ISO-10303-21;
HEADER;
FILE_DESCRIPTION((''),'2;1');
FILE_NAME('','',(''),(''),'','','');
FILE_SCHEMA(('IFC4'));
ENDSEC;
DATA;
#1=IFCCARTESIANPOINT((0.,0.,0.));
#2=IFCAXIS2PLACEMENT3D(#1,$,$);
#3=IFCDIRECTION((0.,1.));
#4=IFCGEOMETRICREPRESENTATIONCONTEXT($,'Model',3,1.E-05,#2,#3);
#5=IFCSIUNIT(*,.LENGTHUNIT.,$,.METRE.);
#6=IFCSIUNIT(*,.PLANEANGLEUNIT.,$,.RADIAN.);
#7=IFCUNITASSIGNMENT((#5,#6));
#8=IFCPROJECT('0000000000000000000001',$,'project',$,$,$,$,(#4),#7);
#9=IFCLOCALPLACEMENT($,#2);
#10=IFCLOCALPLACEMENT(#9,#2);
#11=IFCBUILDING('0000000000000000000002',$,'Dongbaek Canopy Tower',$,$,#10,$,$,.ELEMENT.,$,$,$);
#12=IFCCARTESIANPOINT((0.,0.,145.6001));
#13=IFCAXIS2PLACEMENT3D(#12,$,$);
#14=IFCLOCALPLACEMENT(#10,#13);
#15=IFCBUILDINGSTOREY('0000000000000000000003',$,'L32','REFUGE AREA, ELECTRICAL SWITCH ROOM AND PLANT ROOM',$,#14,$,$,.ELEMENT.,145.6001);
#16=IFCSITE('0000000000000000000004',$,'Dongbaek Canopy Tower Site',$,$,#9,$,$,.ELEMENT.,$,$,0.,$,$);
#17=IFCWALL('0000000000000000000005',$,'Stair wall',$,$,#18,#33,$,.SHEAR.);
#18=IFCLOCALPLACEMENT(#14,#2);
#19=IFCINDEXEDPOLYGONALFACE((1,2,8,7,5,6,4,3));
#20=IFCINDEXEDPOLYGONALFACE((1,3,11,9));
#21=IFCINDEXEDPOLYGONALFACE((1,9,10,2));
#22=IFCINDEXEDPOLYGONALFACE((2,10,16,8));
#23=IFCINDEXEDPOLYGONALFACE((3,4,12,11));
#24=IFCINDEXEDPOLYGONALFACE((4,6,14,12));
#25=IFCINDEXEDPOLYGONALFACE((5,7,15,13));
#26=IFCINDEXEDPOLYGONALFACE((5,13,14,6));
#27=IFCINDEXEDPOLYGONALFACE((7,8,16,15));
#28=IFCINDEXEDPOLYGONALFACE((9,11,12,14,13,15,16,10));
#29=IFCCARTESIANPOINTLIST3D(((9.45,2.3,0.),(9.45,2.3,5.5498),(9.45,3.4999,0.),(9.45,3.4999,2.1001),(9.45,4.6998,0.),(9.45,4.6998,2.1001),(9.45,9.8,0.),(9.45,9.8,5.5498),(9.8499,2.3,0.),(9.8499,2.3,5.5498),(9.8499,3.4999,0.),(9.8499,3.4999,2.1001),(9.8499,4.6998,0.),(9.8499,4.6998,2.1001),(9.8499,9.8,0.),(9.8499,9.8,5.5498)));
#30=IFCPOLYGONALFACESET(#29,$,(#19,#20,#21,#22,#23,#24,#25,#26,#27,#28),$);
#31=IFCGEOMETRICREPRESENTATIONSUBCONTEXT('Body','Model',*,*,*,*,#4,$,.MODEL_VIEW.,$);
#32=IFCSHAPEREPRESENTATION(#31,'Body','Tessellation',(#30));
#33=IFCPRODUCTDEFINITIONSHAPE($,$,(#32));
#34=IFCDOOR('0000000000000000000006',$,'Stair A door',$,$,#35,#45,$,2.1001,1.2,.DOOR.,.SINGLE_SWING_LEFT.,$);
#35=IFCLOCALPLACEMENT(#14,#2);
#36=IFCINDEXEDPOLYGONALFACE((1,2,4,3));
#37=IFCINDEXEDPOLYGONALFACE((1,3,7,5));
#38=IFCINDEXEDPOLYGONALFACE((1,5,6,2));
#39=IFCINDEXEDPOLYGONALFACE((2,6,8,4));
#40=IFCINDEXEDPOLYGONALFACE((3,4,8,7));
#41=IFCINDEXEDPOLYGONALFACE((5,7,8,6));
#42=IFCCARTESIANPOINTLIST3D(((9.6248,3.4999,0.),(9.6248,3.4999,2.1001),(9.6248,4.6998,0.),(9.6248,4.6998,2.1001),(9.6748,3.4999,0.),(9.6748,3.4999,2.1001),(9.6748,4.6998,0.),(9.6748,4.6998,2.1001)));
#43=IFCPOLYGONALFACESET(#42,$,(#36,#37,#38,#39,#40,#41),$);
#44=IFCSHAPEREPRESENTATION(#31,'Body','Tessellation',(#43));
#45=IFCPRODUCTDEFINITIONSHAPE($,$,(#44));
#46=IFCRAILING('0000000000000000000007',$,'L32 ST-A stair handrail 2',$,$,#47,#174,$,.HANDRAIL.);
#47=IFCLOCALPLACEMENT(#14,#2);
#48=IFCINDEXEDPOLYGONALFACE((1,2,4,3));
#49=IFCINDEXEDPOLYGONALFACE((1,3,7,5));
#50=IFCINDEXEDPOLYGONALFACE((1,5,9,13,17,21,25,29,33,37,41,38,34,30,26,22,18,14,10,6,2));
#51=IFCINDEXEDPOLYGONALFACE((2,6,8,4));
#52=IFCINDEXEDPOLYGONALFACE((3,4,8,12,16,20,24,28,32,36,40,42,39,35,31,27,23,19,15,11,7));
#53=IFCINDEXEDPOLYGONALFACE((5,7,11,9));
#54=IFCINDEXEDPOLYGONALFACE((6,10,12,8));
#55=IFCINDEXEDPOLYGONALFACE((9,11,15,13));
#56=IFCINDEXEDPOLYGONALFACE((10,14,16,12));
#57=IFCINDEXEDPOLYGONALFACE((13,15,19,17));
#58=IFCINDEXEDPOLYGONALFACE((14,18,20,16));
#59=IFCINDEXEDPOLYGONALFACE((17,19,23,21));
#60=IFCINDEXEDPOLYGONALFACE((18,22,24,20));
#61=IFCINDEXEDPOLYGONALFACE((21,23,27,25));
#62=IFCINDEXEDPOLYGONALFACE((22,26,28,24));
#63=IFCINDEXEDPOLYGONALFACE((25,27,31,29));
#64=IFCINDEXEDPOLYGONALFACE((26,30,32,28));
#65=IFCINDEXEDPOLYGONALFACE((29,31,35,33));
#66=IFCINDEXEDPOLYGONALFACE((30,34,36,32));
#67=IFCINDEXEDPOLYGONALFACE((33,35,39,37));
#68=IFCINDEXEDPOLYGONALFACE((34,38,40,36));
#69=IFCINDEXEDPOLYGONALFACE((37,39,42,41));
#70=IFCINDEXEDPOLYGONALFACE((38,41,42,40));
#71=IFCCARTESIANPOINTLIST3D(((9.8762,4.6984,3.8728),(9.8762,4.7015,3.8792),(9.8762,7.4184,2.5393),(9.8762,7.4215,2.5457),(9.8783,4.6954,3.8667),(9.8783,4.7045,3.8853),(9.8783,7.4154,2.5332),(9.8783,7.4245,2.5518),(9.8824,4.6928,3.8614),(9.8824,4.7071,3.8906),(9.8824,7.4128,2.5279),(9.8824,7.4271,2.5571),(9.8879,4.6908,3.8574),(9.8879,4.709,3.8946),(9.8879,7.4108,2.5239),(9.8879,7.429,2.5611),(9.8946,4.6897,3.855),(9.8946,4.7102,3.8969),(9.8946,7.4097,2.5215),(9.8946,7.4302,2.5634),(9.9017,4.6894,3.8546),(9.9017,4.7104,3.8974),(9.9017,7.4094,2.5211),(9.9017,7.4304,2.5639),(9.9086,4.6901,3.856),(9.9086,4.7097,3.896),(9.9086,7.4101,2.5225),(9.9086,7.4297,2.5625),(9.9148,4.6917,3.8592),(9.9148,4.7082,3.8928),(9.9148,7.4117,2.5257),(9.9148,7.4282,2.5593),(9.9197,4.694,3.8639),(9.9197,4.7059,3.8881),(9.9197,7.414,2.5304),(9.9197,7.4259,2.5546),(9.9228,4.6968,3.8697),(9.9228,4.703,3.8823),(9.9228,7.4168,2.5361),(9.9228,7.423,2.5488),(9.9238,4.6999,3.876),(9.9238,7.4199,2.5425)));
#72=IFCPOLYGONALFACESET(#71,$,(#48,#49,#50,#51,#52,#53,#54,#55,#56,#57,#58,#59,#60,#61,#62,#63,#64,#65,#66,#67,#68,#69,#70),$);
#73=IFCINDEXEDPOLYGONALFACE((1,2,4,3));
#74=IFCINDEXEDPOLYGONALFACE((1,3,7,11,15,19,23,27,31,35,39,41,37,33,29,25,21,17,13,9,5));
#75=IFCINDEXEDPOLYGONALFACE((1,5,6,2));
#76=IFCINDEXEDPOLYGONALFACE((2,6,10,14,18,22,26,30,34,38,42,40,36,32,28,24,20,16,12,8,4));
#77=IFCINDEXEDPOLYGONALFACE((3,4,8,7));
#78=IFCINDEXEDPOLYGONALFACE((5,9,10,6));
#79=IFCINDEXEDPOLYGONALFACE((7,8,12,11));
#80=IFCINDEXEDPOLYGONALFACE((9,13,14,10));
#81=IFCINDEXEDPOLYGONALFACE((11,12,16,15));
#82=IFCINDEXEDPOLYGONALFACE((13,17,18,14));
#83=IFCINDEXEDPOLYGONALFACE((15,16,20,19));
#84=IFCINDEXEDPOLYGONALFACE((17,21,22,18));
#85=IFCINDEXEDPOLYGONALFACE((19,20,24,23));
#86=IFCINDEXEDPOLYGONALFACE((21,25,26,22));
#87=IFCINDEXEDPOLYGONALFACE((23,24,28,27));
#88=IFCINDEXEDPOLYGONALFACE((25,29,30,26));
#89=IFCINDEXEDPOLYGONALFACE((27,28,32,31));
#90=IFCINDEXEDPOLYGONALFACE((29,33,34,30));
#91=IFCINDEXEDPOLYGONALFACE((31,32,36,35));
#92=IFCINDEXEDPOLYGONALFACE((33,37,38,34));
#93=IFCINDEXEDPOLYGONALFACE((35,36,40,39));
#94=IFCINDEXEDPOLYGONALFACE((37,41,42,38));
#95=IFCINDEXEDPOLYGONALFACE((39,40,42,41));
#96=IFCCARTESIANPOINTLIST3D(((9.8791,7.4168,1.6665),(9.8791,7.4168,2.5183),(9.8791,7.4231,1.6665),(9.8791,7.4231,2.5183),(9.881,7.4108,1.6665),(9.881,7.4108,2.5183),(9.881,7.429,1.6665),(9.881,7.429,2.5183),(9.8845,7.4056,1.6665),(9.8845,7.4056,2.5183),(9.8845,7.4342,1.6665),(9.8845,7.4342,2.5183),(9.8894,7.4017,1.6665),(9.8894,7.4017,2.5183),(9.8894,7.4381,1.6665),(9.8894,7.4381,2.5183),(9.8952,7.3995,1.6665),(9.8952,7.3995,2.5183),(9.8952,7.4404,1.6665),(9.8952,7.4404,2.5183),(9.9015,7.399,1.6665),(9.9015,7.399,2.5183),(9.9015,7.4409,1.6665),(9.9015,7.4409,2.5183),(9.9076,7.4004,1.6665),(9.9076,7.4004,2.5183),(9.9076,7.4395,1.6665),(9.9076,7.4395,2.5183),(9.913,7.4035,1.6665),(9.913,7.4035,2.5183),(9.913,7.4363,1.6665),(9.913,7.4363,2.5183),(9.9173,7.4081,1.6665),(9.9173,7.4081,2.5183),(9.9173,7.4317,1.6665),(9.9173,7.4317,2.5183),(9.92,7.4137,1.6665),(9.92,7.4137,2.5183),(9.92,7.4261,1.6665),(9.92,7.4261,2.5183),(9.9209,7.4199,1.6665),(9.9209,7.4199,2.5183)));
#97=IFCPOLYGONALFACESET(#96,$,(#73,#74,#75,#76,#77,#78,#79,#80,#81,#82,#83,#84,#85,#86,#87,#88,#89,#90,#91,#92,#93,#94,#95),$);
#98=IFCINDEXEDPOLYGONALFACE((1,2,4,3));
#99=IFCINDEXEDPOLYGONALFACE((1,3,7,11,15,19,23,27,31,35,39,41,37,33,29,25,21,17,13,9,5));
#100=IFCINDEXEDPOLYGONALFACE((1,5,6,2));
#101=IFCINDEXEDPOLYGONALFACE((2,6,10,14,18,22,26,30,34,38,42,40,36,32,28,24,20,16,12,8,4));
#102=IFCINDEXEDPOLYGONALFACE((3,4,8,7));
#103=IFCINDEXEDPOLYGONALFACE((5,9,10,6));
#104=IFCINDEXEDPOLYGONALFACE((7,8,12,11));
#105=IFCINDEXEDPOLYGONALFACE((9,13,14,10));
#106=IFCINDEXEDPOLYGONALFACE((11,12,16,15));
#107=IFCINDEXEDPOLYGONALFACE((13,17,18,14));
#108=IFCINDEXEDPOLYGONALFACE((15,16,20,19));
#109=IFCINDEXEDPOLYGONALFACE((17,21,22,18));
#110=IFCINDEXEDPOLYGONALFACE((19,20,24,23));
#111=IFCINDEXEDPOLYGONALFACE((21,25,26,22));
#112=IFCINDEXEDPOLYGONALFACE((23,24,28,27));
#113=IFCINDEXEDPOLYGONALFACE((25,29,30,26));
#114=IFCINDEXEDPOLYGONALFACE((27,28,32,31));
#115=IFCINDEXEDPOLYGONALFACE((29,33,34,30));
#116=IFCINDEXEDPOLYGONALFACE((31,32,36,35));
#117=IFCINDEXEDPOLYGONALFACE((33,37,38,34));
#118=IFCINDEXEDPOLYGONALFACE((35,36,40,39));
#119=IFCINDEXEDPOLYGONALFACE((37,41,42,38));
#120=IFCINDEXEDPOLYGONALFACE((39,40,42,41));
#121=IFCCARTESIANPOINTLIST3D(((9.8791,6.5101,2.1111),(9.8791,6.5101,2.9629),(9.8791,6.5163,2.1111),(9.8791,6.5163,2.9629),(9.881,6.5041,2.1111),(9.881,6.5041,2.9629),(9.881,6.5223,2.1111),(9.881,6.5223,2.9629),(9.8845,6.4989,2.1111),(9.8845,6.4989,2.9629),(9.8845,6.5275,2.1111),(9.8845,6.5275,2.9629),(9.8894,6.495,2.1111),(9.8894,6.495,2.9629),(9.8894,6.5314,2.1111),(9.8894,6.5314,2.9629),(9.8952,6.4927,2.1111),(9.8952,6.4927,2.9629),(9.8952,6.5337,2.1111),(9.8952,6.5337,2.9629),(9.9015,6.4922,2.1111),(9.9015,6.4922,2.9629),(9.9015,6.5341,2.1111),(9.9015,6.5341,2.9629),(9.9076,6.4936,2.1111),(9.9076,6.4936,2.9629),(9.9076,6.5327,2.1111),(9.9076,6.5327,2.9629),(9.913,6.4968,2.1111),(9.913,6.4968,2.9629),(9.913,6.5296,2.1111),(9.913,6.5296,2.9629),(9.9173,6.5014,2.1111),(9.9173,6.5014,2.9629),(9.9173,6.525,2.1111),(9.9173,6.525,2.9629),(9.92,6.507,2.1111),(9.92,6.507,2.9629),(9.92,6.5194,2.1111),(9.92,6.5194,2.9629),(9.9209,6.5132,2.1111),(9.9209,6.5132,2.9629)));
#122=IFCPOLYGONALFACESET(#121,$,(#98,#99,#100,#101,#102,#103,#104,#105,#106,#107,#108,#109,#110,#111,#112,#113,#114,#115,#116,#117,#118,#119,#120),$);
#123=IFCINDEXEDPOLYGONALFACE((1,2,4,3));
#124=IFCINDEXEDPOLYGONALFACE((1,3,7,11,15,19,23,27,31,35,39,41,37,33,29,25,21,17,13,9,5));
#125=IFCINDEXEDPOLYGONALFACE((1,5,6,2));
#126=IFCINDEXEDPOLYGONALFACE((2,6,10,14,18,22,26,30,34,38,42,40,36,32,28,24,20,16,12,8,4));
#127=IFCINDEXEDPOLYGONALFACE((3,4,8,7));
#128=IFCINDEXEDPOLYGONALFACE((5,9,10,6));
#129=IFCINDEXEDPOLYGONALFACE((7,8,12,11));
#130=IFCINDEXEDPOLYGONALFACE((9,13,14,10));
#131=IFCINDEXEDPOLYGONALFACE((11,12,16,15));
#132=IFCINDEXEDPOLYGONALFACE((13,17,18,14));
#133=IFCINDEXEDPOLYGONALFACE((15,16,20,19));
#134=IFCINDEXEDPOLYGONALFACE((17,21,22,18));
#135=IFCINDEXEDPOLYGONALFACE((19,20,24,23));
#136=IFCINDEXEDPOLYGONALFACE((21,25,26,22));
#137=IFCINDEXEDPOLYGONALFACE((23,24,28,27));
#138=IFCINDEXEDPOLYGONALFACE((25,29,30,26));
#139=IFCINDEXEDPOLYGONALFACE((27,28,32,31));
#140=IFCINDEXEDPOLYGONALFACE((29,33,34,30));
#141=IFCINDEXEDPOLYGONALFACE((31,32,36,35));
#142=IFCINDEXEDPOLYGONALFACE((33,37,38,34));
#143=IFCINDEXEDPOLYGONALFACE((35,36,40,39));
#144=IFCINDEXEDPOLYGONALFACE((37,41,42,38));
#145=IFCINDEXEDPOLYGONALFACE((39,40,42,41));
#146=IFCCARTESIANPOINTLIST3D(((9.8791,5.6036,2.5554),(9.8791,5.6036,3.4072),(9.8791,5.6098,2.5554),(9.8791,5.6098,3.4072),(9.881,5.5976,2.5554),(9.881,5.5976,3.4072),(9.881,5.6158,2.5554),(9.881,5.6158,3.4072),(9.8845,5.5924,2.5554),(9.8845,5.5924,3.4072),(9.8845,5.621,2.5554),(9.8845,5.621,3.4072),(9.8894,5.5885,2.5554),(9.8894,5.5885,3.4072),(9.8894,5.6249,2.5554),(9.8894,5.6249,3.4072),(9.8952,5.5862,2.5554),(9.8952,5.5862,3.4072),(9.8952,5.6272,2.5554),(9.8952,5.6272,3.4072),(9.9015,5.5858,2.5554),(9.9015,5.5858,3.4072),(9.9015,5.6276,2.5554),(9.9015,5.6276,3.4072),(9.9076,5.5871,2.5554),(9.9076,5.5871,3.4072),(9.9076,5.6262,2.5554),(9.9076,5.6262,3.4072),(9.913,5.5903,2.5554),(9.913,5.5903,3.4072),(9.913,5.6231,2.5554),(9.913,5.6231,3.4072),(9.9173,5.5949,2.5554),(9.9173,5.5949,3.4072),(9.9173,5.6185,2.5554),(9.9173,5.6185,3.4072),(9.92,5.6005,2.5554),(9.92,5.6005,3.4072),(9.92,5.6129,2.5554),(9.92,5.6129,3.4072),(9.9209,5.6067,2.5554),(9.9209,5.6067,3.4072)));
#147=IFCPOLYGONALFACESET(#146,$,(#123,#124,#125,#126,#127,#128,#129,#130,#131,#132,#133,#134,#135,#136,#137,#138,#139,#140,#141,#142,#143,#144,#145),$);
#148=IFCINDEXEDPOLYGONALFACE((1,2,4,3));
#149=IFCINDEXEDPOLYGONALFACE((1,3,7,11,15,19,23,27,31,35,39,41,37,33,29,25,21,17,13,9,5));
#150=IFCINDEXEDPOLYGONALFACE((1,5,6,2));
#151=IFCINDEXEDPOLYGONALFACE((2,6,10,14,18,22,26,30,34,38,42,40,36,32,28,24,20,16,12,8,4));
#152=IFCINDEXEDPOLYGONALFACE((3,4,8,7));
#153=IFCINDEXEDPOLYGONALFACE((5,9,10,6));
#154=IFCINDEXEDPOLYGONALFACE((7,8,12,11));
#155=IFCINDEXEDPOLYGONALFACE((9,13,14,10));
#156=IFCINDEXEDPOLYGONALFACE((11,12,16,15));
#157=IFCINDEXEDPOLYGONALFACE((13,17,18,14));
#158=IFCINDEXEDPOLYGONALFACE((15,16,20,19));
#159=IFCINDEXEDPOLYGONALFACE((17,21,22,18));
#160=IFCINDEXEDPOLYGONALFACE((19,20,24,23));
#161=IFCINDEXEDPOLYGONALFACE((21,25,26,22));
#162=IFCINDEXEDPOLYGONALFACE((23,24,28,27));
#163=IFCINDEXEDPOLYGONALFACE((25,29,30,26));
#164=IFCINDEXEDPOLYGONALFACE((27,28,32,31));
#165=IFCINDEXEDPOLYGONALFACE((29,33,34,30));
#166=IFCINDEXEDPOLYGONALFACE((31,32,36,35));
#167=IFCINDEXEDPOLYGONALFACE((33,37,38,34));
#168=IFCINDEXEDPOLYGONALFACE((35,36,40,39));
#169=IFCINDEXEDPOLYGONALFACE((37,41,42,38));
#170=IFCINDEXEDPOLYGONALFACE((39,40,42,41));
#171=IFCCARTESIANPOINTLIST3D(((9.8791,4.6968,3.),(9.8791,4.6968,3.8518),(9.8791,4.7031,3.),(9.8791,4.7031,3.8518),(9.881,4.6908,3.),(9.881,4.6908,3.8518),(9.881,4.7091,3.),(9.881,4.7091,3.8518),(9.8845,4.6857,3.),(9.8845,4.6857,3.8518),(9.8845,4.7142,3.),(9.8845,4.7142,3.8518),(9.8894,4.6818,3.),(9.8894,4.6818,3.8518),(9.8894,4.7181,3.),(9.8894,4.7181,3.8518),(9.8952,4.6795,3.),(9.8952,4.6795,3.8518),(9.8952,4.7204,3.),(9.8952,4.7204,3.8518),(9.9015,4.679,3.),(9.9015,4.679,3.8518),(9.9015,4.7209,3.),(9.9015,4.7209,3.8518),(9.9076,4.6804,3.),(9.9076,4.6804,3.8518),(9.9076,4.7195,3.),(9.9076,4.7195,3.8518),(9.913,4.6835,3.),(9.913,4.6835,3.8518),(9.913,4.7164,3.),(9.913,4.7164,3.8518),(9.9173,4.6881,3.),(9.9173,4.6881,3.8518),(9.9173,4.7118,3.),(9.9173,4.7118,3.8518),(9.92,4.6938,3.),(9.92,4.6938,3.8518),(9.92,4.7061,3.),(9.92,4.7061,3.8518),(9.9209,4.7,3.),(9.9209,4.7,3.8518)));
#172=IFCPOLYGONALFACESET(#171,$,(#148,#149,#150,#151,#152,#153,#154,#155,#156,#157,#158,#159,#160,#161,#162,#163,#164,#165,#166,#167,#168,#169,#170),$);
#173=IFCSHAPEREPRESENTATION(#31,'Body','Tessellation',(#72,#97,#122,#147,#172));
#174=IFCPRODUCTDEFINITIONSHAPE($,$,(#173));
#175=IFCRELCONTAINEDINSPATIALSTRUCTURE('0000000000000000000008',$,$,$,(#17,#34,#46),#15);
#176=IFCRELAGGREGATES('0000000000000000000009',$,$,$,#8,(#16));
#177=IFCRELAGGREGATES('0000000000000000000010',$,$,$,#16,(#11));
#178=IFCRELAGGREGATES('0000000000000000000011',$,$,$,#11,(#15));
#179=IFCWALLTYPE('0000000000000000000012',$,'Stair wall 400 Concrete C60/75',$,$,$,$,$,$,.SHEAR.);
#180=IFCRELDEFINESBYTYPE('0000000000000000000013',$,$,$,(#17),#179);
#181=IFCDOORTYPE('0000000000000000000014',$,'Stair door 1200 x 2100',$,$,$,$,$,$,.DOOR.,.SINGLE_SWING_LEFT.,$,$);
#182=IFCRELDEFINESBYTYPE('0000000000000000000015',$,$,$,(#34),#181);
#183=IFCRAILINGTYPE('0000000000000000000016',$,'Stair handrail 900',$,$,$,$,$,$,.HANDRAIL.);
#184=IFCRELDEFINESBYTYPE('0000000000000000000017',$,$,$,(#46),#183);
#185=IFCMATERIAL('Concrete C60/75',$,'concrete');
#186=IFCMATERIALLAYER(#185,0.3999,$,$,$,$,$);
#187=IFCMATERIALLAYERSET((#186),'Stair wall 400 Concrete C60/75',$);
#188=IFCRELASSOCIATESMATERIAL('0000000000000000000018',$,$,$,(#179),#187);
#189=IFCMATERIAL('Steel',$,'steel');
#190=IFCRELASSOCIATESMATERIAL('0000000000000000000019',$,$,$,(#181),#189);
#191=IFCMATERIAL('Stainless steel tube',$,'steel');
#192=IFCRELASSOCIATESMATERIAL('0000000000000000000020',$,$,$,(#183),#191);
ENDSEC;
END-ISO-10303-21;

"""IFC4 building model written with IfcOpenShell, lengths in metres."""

from ifc_helpers import new_model, si_unit, direction, frame, frame_2d, origin, origin_2d, place, context, subcontext, project, spatial, rectangle, circle, extrude, material, layer, layer_set, type_object, element, fill, save


model = new_model("IFC4")

# Units and contexts
model_context = context("Model", 3, precision=1e-05, world=origin(), true_north=direction((0.0, 1.0)))
body_context = subcontext(model_context, "Body", "Model", "MODEL_VIEW")
ifc_project = project(units=[si_unit("LENGTHUNIT", "METRE"), si_unit("PLANEANGLEUNIT", "RADIAN")], contexts=[model_context])

# Site, building, storey
site_placement = place(None, origin())
site = spatial("IfcSite", under=ifc_project, at=site_placement, Name="Dongbaek Canopy Tower Site", CompositionType="ELEMENT", RefElevation=0.0)
building_placement = place(site_placement, origin())
building = spatial("IfcBuilding", under=site, at=building_placement, Name="Dongbaek Canopy Tower", CompositionType="ELEMENT")
storey_placement = place(building_placement, frame((0.0, 0.0, 145.6001)))
storey = spatial("IfcBuildingStorey", under=building, at=storey_placement, Name="L32", Description="REFUGE AREA, ELECTRICAL SWITCH ROOM AND PLANT ROOM", CompositionType="ELEMENT", Elevation=145.6001)

# Wall, opening, door
ifc_material_1 = material(Name="Concrete C60/75", Category="concrete")
ifc_layer_1 = layer(ifc_material_1, 0.3999)
ifc_layer_set_1 = layer_set([ifc_layer_1], Name="Stair wall 400 Concrete C60/75")
wall_type_1 = type_object("IfcWallType", Name="Stair wall 400 Concrete C60/75", PredefinedType="SHEAR", material=ifc_layer_set_1)
wall_1_placement = place(storey_placement, frame((9.6499, 9.8, 0.0), z_axis=(0.0, 0.0, 1.0), x_axis=(0.0, -1.0, 0.0)))
wall_1 = element("IfcWall", 1, at=wall_1_placement, inside=storey, type_object=wall_type_1, Name="Stair wall", PredefinedType="SHEAR", context=body_context, shape_type="SweptSolid", body=[
    extrude(rectangle(XDim=7.5, YDim=0.3999, at=frame_2d((3.75, 0.0))), origin(), (0.0, 0.0, 1.0), 5.5498),
])
opening_1_placement = place(wall_1_placement, frame((5.1001, 0.0, 0.0)))
opening_1 = element("IfcOpeningElement", 2, at=opening_1_placement, cuts=wall_1, PredefinedType="OPENING", context=body_context, shape_type="SweptSolid", body=[
    extrude(rectangle(XDim=1.2, YDim=2.1001, at=frame_2d((0.6001, 1.05))), frame((0.0, 0.21, 0.0), z_axis=(0.0, -1.0, 0.0), x_axis=(1.0, 0.0, 0.0)), (0.0, 0.0, 1.0), 0.4199),
])
ifc_material_2 = material(Name="Steel", Category="steel")
door_type_1 = type_object("IfcDoorType", Name="Stair door 1200 x 2100", OperationType="SINGLE_SWING_LEFT", PredefinedType="DOOR", material=ifc_material_2)
door_1_placement = place(opening_1_placement, origin())
door_1 = element("IfcDoor", 3, at=door_1_placement, inside=storey, type_object=door_type_1, Name="Stair A door", OperationType="SINGLE_SWING_LEFT", OverallHeight=2.1001, OverallWidth=1.2, PredefinedType="DOOR", context=body_context, shape_type="SweptSolid", body=[
    extrude(rectangle(XDim=1.2, YDim=2.1001, at=frame_2d((0.6001, 1.05))), frame((0.0, 0.0249, 0.0), z_axis=(0.0, -1.0, 0.0), x_axis=(1.0, 0.0, 0.0)), (0.0, 0.0, 1.0), 0.05),
])
fill(opening_1, door_1)

# Railing
ifc_material_3 = material(Name="Stainless steel tube", Category="steel")
railing_type = type_object("IfcRailingType", Name="Stair handrail 900", PredefinedType="HANDRAIL", material=ifc_material_3)
railing_placement = place(storey_placement, frame((9.8999, 7.4199, 1.6665)))
element("IfcRailing", 4, at=railing_placement, inside=storey, type_object=railing_type, Name="L32 ST-A stair handrail 2", PredefinedType="HANDRAIL", context=body_context, shape_type="SweptSolid", body=[
    extrude(circle(Radius=0.0239, at=origin_2d()), frame((0.0, 0.0, 0.876), z_axis=(0.0, -0.897898, 0.440204), x_axis=(1.0, 0.0, 0.0)), (0.0, 0.0, 1.0), 3.0293),
    extrude(circle(Radius=0.021, at=origin_2d()), origin(), (0.0, 0.0, 1.0), 0.8518),
    extrude(circle(Radius=0.021, at=origin_2d()), frame((0.0, -0.9067, 0.4446)), (0.0, 0.0, 1.0), 0.8518),
    extrude(circle(Radius=0.021, at=origin_2d()), frame((0.0, -1.8132, 0.8889)), (0.0, 0.0, 1.0), 0.8518),
    extrude(circle(Radius=0.021, at=origin_2d()), frame((0.0, -2.72, 1.3335)), (0.0, 0.0, 1.0), 0.8518),
])

save(model, "model.ifc")
